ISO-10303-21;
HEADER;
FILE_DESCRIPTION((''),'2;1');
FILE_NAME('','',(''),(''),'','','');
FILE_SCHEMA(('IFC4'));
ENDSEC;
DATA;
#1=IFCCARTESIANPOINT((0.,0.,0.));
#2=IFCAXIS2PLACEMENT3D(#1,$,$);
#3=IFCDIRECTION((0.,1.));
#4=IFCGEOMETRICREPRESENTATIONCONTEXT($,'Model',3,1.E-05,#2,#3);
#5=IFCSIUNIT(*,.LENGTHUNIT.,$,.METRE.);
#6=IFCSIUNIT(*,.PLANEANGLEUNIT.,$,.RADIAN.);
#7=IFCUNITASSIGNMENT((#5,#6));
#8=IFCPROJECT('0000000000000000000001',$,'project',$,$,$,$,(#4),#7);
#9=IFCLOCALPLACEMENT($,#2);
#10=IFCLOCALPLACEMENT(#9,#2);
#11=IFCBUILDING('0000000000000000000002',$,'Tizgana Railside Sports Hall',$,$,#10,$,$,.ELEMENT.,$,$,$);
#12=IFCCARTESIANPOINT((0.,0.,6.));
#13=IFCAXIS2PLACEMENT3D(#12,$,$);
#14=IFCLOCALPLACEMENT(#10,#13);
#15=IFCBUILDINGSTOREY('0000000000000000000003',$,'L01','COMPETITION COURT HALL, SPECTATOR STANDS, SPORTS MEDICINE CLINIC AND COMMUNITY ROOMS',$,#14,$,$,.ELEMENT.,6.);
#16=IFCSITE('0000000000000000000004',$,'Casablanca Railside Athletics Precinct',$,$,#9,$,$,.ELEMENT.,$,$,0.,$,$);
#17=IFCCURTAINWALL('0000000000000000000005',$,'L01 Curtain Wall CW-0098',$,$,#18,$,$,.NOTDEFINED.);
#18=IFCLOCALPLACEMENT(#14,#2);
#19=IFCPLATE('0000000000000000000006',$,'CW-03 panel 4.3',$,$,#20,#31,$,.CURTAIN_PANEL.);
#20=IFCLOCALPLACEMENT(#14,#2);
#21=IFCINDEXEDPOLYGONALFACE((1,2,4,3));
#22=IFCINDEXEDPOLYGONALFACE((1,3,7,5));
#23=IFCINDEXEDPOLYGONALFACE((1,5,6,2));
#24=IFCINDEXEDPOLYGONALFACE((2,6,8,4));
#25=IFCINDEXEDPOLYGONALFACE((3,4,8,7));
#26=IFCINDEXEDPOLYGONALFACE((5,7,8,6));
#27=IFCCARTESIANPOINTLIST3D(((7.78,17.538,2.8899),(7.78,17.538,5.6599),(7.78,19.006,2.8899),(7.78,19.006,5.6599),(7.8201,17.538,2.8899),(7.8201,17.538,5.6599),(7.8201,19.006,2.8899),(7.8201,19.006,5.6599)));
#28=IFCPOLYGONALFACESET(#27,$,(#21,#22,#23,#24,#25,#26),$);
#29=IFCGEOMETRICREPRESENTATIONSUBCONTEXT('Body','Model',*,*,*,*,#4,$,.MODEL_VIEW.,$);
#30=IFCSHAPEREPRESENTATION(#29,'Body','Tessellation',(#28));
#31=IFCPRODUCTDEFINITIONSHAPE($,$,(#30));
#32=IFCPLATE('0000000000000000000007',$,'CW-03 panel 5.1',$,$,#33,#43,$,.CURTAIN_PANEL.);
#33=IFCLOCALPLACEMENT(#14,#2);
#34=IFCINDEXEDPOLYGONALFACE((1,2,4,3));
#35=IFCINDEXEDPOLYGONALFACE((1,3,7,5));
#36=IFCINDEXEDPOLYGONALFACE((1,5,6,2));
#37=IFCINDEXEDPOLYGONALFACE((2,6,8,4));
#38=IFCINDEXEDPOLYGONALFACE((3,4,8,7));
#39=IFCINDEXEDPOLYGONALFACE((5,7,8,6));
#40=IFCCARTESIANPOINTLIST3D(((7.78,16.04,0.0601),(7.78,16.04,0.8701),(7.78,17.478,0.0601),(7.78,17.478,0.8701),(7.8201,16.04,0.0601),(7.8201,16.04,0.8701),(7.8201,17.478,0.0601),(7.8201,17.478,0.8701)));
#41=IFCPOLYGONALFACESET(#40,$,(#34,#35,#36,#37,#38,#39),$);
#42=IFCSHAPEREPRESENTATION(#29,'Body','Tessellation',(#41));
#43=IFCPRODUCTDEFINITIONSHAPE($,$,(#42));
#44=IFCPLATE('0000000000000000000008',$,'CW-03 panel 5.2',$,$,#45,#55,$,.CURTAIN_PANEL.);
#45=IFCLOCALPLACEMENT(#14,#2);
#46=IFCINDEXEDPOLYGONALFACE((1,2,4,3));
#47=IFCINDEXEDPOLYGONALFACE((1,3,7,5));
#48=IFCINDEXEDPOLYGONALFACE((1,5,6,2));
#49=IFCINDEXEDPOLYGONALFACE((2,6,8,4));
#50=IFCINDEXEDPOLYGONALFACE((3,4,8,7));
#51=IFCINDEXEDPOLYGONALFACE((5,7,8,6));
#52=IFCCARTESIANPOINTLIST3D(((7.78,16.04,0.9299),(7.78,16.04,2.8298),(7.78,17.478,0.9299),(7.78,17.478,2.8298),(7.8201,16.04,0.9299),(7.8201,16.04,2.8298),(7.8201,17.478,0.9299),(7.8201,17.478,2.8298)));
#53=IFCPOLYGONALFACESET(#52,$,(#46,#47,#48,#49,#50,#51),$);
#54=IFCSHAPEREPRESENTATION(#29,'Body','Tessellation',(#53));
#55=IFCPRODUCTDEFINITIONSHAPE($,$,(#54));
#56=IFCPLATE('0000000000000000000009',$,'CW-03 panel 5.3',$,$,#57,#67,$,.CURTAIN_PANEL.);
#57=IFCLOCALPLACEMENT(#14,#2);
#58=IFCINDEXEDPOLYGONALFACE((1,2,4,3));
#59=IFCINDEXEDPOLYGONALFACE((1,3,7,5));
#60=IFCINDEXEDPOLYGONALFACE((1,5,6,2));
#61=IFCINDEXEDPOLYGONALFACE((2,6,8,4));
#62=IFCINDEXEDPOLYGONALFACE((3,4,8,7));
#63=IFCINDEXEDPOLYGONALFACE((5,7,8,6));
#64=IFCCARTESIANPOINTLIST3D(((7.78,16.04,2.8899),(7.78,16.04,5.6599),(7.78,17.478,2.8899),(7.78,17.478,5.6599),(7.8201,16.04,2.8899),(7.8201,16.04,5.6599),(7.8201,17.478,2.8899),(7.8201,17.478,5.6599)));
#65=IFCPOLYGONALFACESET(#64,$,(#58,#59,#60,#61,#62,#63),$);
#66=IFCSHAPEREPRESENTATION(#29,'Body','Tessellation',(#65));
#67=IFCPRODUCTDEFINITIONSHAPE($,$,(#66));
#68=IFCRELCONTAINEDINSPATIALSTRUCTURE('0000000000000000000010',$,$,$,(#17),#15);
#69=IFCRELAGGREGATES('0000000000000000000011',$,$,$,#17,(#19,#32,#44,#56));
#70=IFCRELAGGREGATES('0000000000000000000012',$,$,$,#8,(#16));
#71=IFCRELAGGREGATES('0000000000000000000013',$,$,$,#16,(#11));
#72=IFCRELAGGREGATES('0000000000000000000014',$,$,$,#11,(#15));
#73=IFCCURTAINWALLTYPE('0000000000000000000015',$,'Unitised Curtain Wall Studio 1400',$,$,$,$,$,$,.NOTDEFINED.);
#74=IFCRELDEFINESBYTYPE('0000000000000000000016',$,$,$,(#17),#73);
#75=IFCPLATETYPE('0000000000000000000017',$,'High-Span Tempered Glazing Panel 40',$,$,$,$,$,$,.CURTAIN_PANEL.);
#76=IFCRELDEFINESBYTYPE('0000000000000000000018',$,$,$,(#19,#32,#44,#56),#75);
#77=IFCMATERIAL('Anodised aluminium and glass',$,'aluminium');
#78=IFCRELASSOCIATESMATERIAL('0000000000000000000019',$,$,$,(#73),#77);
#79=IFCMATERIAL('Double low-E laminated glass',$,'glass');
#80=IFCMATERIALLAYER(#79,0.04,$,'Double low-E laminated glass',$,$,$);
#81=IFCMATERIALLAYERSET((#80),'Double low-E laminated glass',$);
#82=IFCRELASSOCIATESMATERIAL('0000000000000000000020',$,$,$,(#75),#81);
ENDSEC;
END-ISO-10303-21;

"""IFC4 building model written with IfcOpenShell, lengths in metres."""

from ifc_helpers import new_model, si_unit, direction, frame, origin, origin_2d, place, context, subcontext, project, spatial, rectangle, extrude, material, layer, layer_set, type_object, element, aggregate, save


model = new_model("IFC4")

# Units and contexts
model_context = context("Model", 3, precision=1e-05, world=origin(), true_north=direction((0.0, 1.0)))
body_context = subcontext(model_context, "Body", "Model", "MODEL_VIEW")
ifc_project = project(units=[si_unit("LENGTHUNIT", "METRE"), si_unit("PLANEANGLEUNIT", "RADIAN")], contexts=[model_context])

# Site, building, storey
site_placement = place(None, origin())
site = spatial("IfcSite", under=ifc_project, at=site_placement, Name="Casablanca Railside Athletics Precinct", CompositionType="ELEMENT", RefElevation=0.0)
building_placement = place(site_placement, origin())
building = spatial("IfcBuilding", under=site, at=building_placement, Name="Tizgana Railside Sports Hall", CompositionType="ELEMENT")
storey_placement = place(building_placement, frame((0.0, 0.0, 6.0)))
storey = spatial("IfcBuildingStorey", under=building, at=storey_placement, Name="L01", Description="COMPETITION COURT HALL, SPECTATOR STANDS, SPORTS MEDICINE CLINIC AND COMMUNITY ROOMS", CompositionType="ELEMENT", Elevation=6.0)

# Curtain wall
ifc_material_1 = material(Name="Anodised aluminium and glass", Category="aluminium")
curtain_wall_type = type_object("IfcCurtainWallType", Name="Unitised Curtain Wall Studio 1400", PredefinedType="NOTDEFINED", material=ifc_material_1)
curtain_wall_placement = place(storey_placement, origin())
curtain_wall = element("IfcCurtainWall", 1, at=curtain_wall_placement, inside=storey, type_object=curtain_wall_type, Name="L01 Curtain Wall CW-0098", PredefinedType="NOTDEFINED")

# Plates
ifc_material_2 = material(Name="Double low-E laminated glass", Category="glass")
ifc_layer = layer(ifc_material_2, 0.04, Name="Double low-E laminated glass")
ifc_layer_set = layer_set([ifc_layer], Name="Double low-E laminated glass")
plate_type = type_object("IfcPlateType", Name="High-Span Tempered Glazing Panel 40", PredefinedType="CURTAIN_PANEL", material=ifc_layer_set)
plate_1_placement = place(storey_placement, frame((7.8, 18.272, 2.8899), z_axis=(0.0, 0.0, 1.0), x_axis=(0.0, -1.0, 0.0)))
plate_1 = element("IfcPlate", 2, at=plate_1_placement, type_object=plate_type, Name="CW-03 panel 4.3", PredefinedType="CURTAIN_PANEL", context=body_context, shape_type="SweptSolid", body=[
    extrude(rectangle(XDim=1.468, YDim=0.04, at=origin_2d()), origin(), (0.0, 0.0, 1.0), 2.77),
])
plate_2_placement = place(storey_placement, frame((7.8, 16.759, 0.0601), z_axis=(0.0, 0.0, 1.0), x_axis=(0.0, -1.0, 0.0)))
plate_2 = element("IfcPlate", 3, at=plate_2_placement, type_object=plate_type, Name="CW-03 panel 5.1", PredefinedType="CURTAIN_PANEL", context=body_context, shape_type="SweptSolid", body=[
    extrude(rectangle(XDim=1.438, YDim=0.04, at=origin_2d()), origin(), (0.0, 0.0, 1.0), 0.8101),
])
plate_3_placement = place(storey_placement, frame((7.8, 16.759, 0.9299), z_axis=(0.0, 0.0, 1.0), x_axis=(0.0, -1.0, 0.0)))
plate_3 = element("IfcPlate", 4, at=plate_3_placement, type_object=plate_type, Name="CW-03 panel 5.2", PredefinedType="CURTAIN_PANEL", context=body_context, shape_type="SweptSolid", body=[
    extrude(rectangle(XDim=1.438, YDim=0.04, at=origin_2d()), origin(), (0.0, 0.0, 1.0), 1.8999),
])
plate_4_placement = place(storey_placement, frame((7.8, 16.759, 2.8899), z_axis=(0.0, 0.0, 1.0), x_axis=(0.0, -1.0, 0.0)))
plate_4 = element("IfcPlate", 5, at=plate_4_placement, type_object=plate_type, Name="CW-03 panel 5.3", PredefinedType="CURTAIN_PANEL", context=body_context, shape_type="SweptSolid", body=[
    extrude(rectangle(XDim=1.438, YDim=0.04, at=origin_2d()), origin(), (0.0, 0.0, 1.0), 2.77),
])
aggregate(curtain_wall, [plate_1, plate_2, plate_3, plate_4])

save(model, "model.ifc")
